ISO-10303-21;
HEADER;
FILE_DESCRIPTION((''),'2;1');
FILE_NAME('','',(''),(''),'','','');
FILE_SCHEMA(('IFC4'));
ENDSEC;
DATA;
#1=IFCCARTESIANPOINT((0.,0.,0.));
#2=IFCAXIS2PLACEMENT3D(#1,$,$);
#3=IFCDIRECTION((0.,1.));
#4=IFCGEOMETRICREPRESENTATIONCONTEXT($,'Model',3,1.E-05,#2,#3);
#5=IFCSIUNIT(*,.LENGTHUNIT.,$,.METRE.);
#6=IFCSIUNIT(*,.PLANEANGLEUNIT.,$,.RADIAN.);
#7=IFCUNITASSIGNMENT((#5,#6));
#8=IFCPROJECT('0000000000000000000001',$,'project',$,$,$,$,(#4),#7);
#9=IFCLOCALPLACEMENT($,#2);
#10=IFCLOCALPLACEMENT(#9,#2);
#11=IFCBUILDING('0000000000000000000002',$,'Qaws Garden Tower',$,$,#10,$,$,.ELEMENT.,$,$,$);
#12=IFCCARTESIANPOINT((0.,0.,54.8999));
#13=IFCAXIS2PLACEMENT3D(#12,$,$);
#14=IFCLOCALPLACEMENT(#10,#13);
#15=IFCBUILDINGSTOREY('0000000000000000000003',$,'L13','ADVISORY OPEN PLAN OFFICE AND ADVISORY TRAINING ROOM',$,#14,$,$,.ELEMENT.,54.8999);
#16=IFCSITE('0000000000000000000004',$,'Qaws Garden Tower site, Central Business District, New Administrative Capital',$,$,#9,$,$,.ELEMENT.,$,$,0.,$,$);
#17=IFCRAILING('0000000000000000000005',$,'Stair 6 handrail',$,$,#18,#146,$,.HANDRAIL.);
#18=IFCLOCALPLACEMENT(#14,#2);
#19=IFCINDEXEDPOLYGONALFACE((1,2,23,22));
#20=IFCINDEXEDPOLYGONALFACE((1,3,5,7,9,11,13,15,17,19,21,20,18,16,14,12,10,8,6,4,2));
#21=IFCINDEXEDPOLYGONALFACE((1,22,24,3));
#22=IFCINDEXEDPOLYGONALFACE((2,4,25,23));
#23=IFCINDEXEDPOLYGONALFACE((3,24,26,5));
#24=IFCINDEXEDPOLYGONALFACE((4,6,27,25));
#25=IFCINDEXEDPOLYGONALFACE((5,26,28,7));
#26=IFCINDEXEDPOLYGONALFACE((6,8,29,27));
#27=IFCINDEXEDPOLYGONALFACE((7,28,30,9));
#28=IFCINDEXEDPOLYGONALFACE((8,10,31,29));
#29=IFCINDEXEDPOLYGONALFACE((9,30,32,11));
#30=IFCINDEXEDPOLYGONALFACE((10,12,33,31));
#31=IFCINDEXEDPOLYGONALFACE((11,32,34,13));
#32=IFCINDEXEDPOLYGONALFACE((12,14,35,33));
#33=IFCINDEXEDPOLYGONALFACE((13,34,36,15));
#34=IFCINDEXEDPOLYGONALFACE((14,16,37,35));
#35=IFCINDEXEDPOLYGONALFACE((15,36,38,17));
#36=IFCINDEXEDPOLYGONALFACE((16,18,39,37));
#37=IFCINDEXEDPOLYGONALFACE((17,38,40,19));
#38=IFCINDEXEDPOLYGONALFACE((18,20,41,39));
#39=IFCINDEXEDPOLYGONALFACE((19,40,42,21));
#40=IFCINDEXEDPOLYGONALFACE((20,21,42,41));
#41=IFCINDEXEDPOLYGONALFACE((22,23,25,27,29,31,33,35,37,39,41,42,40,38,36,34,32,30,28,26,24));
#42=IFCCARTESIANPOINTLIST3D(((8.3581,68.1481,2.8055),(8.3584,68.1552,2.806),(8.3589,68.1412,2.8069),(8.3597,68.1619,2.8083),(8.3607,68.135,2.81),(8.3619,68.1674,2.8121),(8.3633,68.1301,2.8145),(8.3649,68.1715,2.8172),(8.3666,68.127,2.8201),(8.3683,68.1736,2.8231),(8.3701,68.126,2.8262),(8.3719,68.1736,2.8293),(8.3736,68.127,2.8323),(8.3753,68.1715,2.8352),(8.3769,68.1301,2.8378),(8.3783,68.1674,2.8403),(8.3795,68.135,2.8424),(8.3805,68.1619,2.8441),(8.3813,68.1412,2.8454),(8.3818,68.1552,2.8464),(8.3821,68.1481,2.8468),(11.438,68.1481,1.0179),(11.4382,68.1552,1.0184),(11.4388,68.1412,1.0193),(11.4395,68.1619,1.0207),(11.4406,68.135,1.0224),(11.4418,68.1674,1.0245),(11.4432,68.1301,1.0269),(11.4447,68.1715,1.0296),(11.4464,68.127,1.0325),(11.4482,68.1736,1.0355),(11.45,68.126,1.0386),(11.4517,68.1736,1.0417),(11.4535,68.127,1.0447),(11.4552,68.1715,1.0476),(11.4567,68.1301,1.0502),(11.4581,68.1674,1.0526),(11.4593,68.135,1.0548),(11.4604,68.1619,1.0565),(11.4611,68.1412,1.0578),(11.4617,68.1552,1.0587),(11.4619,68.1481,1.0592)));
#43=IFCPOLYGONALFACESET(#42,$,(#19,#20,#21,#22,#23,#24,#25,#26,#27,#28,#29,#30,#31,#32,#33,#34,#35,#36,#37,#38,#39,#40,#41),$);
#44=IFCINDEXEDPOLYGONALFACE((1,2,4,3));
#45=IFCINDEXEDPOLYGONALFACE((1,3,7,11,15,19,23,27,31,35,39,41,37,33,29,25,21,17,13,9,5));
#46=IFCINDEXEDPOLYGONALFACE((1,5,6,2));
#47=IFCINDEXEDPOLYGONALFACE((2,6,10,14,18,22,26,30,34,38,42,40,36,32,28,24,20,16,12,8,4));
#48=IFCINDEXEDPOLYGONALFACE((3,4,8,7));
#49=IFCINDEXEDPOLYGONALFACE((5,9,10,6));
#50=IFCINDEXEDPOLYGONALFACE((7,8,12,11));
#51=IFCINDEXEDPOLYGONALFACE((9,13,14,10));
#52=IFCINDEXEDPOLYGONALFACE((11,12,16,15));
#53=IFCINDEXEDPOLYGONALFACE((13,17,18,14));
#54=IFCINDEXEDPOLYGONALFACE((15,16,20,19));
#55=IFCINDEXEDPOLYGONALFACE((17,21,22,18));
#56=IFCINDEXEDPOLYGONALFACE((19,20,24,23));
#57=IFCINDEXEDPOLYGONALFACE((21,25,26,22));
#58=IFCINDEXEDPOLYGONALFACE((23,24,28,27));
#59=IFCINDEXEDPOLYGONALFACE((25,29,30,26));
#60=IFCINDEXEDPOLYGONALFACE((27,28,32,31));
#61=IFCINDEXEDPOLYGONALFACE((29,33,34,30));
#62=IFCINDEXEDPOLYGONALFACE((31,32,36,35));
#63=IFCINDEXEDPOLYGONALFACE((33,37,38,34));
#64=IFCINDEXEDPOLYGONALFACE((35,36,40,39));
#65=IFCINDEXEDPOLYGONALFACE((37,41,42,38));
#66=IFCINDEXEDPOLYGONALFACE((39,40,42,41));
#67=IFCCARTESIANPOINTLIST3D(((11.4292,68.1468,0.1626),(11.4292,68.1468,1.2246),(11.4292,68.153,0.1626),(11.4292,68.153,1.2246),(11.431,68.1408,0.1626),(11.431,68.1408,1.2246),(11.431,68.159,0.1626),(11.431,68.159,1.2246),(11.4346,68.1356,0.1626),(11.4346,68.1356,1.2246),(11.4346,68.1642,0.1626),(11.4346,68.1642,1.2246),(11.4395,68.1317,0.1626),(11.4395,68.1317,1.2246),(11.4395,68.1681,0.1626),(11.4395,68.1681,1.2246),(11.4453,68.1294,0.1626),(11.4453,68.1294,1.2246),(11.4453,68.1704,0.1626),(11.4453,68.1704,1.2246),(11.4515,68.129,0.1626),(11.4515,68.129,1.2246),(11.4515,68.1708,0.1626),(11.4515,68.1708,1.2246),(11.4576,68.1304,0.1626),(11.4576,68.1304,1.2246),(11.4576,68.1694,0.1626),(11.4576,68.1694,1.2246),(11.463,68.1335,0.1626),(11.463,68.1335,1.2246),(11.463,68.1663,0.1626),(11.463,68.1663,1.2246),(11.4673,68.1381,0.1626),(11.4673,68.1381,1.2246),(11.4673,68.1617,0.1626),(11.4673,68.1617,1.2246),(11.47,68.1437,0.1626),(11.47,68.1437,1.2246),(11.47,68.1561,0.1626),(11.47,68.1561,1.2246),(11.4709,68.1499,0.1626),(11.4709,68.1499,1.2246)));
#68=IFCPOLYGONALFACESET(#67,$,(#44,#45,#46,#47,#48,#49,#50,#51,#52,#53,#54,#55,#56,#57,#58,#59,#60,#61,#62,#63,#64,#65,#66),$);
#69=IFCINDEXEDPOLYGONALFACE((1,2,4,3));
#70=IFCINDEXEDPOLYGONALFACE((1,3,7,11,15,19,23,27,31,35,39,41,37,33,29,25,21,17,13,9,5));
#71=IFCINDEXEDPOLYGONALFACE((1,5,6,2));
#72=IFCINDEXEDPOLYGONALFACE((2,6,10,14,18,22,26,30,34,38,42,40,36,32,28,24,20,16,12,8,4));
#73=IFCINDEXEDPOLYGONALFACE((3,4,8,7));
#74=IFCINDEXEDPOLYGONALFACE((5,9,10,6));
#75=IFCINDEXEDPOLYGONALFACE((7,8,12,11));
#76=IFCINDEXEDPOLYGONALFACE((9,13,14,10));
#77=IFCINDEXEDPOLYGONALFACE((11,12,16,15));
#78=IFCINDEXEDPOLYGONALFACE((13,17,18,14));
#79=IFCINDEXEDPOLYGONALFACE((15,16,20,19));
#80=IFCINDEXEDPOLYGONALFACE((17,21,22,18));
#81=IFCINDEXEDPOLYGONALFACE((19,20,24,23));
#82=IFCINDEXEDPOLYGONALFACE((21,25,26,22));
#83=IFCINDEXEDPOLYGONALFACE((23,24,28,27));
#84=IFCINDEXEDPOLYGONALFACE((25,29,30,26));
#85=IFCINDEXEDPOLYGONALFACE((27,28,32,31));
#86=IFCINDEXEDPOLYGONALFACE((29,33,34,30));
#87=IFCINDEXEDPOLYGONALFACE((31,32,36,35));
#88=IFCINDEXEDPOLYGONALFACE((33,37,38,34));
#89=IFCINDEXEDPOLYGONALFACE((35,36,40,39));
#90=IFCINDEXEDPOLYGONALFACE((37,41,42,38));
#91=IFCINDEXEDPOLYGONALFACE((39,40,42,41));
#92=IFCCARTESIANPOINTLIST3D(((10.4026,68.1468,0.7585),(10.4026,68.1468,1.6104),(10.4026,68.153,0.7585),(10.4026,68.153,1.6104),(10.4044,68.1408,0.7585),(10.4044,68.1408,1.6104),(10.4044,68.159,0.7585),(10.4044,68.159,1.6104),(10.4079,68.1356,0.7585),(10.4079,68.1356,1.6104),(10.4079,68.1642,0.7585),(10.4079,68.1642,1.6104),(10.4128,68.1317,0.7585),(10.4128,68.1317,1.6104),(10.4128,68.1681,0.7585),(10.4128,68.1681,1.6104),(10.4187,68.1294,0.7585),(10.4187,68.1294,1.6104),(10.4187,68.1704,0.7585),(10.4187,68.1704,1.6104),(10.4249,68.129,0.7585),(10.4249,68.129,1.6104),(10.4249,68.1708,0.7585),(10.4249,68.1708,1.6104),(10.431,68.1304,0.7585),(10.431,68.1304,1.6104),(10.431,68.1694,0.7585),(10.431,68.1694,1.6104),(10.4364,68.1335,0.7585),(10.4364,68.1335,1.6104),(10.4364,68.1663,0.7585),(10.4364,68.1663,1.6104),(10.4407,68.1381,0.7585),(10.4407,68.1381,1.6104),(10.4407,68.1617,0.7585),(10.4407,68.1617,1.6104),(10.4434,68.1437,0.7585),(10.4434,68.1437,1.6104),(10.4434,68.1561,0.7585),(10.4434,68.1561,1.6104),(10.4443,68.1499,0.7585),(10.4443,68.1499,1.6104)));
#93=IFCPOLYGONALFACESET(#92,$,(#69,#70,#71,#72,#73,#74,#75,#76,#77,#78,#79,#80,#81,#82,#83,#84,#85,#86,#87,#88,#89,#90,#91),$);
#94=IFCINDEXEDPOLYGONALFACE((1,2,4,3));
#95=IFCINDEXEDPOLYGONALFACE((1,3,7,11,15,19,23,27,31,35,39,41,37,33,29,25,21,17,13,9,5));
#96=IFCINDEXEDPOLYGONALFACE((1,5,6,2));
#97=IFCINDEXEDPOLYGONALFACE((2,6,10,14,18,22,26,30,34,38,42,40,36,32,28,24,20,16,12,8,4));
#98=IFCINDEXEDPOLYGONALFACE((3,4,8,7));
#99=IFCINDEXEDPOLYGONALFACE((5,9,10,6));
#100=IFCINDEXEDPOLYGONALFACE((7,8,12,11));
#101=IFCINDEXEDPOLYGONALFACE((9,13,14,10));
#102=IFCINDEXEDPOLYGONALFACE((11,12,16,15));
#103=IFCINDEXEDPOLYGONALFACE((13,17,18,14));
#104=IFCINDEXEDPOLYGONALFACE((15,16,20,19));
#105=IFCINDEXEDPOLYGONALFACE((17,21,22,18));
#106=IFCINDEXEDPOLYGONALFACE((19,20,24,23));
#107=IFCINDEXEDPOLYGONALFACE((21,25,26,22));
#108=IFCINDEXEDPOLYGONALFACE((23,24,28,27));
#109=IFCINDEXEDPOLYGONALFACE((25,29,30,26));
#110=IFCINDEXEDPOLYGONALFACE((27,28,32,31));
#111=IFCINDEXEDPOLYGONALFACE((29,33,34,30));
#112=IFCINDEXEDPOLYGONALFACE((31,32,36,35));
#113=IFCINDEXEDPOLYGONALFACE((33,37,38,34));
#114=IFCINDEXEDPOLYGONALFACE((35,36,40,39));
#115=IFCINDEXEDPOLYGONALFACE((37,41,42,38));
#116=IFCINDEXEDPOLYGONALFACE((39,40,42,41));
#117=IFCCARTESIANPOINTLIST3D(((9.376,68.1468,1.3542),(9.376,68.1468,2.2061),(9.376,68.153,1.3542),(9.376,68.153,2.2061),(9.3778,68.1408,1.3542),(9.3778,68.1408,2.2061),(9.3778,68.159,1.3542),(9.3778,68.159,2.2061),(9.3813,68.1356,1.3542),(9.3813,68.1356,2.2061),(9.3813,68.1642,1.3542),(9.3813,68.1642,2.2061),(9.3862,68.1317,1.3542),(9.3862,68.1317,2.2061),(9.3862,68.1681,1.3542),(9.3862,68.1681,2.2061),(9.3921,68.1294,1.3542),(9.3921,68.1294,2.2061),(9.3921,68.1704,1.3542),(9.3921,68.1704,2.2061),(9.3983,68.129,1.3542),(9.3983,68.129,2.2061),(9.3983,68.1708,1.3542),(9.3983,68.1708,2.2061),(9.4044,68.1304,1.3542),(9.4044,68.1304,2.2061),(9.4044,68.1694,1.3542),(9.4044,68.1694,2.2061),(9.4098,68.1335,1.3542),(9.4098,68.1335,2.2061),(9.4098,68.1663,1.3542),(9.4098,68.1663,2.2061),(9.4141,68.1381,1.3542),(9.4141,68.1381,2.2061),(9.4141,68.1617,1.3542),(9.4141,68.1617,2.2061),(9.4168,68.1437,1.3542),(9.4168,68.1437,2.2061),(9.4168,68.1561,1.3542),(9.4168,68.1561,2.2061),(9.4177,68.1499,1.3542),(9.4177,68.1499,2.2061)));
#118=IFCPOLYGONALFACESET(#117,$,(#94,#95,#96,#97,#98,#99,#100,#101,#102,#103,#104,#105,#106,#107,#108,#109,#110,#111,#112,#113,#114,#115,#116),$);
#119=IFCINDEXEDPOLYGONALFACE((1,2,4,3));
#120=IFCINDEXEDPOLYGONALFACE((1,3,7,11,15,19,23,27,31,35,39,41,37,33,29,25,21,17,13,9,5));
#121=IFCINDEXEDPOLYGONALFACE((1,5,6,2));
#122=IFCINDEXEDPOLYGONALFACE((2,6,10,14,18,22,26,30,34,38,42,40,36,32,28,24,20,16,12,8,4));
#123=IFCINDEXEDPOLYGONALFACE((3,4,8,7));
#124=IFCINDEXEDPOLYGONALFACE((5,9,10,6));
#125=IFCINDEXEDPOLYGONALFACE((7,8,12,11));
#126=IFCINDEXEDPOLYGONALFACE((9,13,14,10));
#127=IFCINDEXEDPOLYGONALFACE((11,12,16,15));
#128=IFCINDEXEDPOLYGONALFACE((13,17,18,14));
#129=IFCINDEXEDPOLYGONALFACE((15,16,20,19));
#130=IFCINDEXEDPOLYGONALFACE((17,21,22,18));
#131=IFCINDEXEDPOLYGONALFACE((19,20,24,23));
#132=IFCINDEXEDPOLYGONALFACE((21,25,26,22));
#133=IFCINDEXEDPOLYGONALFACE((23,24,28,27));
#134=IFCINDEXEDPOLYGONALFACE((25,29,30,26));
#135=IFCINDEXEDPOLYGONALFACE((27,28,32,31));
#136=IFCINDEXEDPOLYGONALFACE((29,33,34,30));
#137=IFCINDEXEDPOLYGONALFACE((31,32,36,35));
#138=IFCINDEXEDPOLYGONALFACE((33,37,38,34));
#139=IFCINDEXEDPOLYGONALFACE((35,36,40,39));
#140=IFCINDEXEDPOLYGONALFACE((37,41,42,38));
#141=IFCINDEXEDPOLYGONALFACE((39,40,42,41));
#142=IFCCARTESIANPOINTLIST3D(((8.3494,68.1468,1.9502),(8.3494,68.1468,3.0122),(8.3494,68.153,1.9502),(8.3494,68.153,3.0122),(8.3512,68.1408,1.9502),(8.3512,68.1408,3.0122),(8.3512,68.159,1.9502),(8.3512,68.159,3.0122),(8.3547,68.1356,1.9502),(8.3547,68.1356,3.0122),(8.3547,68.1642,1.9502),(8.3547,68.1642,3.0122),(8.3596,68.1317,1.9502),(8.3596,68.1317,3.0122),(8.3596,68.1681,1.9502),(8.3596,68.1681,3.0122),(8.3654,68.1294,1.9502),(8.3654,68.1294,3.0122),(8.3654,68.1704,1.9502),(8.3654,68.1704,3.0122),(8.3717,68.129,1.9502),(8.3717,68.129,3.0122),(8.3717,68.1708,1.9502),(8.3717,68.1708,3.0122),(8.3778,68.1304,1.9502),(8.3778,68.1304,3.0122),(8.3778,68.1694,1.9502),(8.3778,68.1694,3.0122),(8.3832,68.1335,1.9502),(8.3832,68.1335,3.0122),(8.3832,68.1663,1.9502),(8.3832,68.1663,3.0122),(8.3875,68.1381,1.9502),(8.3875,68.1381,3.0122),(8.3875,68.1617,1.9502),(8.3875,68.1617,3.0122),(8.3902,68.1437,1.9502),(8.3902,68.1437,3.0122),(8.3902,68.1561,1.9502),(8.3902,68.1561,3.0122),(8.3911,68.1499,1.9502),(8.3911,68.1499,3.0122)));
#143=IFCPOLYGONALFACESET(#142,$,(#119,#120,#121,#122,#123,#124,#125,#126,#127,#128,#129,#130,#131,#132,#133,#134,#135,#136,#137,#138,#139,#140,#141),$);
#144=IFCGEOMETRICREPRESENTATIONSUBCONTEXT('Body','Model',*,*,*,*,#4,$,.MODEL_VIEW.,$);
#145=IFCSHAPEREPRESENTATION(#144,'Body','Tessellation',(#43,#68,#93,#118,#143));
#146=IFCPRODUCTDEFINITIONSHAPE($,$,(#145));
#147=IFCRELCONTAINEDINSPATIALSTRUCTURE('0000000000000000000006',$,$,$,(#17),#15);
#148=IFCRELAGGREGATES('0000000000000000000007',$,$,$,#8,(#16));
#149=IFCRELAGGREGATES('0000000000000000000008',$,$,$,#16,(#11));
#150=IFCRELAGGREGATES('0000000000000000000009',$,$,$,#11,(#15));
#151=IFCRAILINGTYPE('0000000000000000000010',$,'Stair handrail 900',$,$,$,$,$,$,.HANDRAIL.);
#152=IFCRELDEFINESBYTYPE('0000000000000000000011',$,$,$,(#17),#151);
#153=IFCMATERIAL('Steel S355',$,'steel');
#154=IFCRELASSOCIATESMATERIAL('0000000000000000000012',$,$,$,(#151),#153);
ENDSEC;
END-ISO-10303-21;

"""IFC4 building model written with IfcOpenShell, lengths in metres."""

from ifc_helpers import new_model, si_unit, direction, frame, origin, origin_2d, place, context, subcontext, project, spatial, circle, extrude, material, type_object, element, save


model = new_model("IFC4")

# Units and contexts
model_context = context("Model", 3, precision=1e-05, world=origin(), true_north=direction((0.0, 1.0)))
body_context = subcontext(model_context, "Body", "Model", "MODEL_VIEW")
ifc_project = project(units=[si_unit("LENGTHUNIT", "METRE"), si_unit("PLANEANGLEUNIT", "RADIAN")], contexts=[model_context])

# Site, building, storey
site_placement = place(None, origin())
site = spatial("IfcSite", under=ifc_project, at=site_placement, Name="Qaws Garden Tower site, Central Business District, New Administrative Capital", CompositionType="ELEMENT", RefElevation=0.0)
building_placement = place(site_placement, origin())
building = spatial("IfcBuilding", under=site, at=building_placement, Name="Qaws Garden Tower", CompositionType="ELEMENT")
storey_placement = place(building_placement, frame((0.0, 0.0, 54.8999)))
storey = spatial("IfcBuildingStorey", under=building, at=storey_placement, Name="L13", Description="ADVISORY OPEN PLAN OFFICE AND ADVISORY TRAINING ROOM", CompositionType="ELEMENT", Elevation=54.8999)

# Railing
ifc_material_1 = material(Name="Steel S355", Category="steel")
railing_type = type_object("IfcRailingType", Name="Stair handrail 900", PredefinedType="HANDRAIL", material=ifc_material_1)
railing_1_placement = place(storey_placement, frame((11.45, 68.1499, 0.1626)))
element("IfcRailing", 1, at=railing_1_placement, inside=storey, type_object=railing_type, Name="Stair 6 handrail", PredefinedType="HANDRAIL", context=body_context, shape_type="SweptSolid", body=[
    extrude(circle(Radius=0.0239, at=origin_2d()), frame((0.0, 0.0, 0.876), z_axis=(-0.864873, 0.0, 0.50199), x_axis=(0.0, -1.0, 0.0)), (0.0, 0.0, 1.0), 3.561),
    extrude(circle(Radius=0.021, at=origin_2d()), origin(), (0.0, 0.0, 1.0), 1.062),
    extrude(circle(Radius=0.021, at=origin_2d()), frame((-1.0266, 0.0, 0.5959)), (0.0, 0.0, 1.0), 0.8518),
    extrude(circle(Radius=0.021, at=origin_2d()), frame((-2.0532, 0.0, 1.1917)), (0.0, 0.0, 1.0), 0.8518),
    extrude(circle(Radius=0.021, at=origin_2d()), frame((-3.0798, 0.0, 1.7876)), (0.0, 0.0, 1.0), 1.062),
])

save(model, "model.ifc")
